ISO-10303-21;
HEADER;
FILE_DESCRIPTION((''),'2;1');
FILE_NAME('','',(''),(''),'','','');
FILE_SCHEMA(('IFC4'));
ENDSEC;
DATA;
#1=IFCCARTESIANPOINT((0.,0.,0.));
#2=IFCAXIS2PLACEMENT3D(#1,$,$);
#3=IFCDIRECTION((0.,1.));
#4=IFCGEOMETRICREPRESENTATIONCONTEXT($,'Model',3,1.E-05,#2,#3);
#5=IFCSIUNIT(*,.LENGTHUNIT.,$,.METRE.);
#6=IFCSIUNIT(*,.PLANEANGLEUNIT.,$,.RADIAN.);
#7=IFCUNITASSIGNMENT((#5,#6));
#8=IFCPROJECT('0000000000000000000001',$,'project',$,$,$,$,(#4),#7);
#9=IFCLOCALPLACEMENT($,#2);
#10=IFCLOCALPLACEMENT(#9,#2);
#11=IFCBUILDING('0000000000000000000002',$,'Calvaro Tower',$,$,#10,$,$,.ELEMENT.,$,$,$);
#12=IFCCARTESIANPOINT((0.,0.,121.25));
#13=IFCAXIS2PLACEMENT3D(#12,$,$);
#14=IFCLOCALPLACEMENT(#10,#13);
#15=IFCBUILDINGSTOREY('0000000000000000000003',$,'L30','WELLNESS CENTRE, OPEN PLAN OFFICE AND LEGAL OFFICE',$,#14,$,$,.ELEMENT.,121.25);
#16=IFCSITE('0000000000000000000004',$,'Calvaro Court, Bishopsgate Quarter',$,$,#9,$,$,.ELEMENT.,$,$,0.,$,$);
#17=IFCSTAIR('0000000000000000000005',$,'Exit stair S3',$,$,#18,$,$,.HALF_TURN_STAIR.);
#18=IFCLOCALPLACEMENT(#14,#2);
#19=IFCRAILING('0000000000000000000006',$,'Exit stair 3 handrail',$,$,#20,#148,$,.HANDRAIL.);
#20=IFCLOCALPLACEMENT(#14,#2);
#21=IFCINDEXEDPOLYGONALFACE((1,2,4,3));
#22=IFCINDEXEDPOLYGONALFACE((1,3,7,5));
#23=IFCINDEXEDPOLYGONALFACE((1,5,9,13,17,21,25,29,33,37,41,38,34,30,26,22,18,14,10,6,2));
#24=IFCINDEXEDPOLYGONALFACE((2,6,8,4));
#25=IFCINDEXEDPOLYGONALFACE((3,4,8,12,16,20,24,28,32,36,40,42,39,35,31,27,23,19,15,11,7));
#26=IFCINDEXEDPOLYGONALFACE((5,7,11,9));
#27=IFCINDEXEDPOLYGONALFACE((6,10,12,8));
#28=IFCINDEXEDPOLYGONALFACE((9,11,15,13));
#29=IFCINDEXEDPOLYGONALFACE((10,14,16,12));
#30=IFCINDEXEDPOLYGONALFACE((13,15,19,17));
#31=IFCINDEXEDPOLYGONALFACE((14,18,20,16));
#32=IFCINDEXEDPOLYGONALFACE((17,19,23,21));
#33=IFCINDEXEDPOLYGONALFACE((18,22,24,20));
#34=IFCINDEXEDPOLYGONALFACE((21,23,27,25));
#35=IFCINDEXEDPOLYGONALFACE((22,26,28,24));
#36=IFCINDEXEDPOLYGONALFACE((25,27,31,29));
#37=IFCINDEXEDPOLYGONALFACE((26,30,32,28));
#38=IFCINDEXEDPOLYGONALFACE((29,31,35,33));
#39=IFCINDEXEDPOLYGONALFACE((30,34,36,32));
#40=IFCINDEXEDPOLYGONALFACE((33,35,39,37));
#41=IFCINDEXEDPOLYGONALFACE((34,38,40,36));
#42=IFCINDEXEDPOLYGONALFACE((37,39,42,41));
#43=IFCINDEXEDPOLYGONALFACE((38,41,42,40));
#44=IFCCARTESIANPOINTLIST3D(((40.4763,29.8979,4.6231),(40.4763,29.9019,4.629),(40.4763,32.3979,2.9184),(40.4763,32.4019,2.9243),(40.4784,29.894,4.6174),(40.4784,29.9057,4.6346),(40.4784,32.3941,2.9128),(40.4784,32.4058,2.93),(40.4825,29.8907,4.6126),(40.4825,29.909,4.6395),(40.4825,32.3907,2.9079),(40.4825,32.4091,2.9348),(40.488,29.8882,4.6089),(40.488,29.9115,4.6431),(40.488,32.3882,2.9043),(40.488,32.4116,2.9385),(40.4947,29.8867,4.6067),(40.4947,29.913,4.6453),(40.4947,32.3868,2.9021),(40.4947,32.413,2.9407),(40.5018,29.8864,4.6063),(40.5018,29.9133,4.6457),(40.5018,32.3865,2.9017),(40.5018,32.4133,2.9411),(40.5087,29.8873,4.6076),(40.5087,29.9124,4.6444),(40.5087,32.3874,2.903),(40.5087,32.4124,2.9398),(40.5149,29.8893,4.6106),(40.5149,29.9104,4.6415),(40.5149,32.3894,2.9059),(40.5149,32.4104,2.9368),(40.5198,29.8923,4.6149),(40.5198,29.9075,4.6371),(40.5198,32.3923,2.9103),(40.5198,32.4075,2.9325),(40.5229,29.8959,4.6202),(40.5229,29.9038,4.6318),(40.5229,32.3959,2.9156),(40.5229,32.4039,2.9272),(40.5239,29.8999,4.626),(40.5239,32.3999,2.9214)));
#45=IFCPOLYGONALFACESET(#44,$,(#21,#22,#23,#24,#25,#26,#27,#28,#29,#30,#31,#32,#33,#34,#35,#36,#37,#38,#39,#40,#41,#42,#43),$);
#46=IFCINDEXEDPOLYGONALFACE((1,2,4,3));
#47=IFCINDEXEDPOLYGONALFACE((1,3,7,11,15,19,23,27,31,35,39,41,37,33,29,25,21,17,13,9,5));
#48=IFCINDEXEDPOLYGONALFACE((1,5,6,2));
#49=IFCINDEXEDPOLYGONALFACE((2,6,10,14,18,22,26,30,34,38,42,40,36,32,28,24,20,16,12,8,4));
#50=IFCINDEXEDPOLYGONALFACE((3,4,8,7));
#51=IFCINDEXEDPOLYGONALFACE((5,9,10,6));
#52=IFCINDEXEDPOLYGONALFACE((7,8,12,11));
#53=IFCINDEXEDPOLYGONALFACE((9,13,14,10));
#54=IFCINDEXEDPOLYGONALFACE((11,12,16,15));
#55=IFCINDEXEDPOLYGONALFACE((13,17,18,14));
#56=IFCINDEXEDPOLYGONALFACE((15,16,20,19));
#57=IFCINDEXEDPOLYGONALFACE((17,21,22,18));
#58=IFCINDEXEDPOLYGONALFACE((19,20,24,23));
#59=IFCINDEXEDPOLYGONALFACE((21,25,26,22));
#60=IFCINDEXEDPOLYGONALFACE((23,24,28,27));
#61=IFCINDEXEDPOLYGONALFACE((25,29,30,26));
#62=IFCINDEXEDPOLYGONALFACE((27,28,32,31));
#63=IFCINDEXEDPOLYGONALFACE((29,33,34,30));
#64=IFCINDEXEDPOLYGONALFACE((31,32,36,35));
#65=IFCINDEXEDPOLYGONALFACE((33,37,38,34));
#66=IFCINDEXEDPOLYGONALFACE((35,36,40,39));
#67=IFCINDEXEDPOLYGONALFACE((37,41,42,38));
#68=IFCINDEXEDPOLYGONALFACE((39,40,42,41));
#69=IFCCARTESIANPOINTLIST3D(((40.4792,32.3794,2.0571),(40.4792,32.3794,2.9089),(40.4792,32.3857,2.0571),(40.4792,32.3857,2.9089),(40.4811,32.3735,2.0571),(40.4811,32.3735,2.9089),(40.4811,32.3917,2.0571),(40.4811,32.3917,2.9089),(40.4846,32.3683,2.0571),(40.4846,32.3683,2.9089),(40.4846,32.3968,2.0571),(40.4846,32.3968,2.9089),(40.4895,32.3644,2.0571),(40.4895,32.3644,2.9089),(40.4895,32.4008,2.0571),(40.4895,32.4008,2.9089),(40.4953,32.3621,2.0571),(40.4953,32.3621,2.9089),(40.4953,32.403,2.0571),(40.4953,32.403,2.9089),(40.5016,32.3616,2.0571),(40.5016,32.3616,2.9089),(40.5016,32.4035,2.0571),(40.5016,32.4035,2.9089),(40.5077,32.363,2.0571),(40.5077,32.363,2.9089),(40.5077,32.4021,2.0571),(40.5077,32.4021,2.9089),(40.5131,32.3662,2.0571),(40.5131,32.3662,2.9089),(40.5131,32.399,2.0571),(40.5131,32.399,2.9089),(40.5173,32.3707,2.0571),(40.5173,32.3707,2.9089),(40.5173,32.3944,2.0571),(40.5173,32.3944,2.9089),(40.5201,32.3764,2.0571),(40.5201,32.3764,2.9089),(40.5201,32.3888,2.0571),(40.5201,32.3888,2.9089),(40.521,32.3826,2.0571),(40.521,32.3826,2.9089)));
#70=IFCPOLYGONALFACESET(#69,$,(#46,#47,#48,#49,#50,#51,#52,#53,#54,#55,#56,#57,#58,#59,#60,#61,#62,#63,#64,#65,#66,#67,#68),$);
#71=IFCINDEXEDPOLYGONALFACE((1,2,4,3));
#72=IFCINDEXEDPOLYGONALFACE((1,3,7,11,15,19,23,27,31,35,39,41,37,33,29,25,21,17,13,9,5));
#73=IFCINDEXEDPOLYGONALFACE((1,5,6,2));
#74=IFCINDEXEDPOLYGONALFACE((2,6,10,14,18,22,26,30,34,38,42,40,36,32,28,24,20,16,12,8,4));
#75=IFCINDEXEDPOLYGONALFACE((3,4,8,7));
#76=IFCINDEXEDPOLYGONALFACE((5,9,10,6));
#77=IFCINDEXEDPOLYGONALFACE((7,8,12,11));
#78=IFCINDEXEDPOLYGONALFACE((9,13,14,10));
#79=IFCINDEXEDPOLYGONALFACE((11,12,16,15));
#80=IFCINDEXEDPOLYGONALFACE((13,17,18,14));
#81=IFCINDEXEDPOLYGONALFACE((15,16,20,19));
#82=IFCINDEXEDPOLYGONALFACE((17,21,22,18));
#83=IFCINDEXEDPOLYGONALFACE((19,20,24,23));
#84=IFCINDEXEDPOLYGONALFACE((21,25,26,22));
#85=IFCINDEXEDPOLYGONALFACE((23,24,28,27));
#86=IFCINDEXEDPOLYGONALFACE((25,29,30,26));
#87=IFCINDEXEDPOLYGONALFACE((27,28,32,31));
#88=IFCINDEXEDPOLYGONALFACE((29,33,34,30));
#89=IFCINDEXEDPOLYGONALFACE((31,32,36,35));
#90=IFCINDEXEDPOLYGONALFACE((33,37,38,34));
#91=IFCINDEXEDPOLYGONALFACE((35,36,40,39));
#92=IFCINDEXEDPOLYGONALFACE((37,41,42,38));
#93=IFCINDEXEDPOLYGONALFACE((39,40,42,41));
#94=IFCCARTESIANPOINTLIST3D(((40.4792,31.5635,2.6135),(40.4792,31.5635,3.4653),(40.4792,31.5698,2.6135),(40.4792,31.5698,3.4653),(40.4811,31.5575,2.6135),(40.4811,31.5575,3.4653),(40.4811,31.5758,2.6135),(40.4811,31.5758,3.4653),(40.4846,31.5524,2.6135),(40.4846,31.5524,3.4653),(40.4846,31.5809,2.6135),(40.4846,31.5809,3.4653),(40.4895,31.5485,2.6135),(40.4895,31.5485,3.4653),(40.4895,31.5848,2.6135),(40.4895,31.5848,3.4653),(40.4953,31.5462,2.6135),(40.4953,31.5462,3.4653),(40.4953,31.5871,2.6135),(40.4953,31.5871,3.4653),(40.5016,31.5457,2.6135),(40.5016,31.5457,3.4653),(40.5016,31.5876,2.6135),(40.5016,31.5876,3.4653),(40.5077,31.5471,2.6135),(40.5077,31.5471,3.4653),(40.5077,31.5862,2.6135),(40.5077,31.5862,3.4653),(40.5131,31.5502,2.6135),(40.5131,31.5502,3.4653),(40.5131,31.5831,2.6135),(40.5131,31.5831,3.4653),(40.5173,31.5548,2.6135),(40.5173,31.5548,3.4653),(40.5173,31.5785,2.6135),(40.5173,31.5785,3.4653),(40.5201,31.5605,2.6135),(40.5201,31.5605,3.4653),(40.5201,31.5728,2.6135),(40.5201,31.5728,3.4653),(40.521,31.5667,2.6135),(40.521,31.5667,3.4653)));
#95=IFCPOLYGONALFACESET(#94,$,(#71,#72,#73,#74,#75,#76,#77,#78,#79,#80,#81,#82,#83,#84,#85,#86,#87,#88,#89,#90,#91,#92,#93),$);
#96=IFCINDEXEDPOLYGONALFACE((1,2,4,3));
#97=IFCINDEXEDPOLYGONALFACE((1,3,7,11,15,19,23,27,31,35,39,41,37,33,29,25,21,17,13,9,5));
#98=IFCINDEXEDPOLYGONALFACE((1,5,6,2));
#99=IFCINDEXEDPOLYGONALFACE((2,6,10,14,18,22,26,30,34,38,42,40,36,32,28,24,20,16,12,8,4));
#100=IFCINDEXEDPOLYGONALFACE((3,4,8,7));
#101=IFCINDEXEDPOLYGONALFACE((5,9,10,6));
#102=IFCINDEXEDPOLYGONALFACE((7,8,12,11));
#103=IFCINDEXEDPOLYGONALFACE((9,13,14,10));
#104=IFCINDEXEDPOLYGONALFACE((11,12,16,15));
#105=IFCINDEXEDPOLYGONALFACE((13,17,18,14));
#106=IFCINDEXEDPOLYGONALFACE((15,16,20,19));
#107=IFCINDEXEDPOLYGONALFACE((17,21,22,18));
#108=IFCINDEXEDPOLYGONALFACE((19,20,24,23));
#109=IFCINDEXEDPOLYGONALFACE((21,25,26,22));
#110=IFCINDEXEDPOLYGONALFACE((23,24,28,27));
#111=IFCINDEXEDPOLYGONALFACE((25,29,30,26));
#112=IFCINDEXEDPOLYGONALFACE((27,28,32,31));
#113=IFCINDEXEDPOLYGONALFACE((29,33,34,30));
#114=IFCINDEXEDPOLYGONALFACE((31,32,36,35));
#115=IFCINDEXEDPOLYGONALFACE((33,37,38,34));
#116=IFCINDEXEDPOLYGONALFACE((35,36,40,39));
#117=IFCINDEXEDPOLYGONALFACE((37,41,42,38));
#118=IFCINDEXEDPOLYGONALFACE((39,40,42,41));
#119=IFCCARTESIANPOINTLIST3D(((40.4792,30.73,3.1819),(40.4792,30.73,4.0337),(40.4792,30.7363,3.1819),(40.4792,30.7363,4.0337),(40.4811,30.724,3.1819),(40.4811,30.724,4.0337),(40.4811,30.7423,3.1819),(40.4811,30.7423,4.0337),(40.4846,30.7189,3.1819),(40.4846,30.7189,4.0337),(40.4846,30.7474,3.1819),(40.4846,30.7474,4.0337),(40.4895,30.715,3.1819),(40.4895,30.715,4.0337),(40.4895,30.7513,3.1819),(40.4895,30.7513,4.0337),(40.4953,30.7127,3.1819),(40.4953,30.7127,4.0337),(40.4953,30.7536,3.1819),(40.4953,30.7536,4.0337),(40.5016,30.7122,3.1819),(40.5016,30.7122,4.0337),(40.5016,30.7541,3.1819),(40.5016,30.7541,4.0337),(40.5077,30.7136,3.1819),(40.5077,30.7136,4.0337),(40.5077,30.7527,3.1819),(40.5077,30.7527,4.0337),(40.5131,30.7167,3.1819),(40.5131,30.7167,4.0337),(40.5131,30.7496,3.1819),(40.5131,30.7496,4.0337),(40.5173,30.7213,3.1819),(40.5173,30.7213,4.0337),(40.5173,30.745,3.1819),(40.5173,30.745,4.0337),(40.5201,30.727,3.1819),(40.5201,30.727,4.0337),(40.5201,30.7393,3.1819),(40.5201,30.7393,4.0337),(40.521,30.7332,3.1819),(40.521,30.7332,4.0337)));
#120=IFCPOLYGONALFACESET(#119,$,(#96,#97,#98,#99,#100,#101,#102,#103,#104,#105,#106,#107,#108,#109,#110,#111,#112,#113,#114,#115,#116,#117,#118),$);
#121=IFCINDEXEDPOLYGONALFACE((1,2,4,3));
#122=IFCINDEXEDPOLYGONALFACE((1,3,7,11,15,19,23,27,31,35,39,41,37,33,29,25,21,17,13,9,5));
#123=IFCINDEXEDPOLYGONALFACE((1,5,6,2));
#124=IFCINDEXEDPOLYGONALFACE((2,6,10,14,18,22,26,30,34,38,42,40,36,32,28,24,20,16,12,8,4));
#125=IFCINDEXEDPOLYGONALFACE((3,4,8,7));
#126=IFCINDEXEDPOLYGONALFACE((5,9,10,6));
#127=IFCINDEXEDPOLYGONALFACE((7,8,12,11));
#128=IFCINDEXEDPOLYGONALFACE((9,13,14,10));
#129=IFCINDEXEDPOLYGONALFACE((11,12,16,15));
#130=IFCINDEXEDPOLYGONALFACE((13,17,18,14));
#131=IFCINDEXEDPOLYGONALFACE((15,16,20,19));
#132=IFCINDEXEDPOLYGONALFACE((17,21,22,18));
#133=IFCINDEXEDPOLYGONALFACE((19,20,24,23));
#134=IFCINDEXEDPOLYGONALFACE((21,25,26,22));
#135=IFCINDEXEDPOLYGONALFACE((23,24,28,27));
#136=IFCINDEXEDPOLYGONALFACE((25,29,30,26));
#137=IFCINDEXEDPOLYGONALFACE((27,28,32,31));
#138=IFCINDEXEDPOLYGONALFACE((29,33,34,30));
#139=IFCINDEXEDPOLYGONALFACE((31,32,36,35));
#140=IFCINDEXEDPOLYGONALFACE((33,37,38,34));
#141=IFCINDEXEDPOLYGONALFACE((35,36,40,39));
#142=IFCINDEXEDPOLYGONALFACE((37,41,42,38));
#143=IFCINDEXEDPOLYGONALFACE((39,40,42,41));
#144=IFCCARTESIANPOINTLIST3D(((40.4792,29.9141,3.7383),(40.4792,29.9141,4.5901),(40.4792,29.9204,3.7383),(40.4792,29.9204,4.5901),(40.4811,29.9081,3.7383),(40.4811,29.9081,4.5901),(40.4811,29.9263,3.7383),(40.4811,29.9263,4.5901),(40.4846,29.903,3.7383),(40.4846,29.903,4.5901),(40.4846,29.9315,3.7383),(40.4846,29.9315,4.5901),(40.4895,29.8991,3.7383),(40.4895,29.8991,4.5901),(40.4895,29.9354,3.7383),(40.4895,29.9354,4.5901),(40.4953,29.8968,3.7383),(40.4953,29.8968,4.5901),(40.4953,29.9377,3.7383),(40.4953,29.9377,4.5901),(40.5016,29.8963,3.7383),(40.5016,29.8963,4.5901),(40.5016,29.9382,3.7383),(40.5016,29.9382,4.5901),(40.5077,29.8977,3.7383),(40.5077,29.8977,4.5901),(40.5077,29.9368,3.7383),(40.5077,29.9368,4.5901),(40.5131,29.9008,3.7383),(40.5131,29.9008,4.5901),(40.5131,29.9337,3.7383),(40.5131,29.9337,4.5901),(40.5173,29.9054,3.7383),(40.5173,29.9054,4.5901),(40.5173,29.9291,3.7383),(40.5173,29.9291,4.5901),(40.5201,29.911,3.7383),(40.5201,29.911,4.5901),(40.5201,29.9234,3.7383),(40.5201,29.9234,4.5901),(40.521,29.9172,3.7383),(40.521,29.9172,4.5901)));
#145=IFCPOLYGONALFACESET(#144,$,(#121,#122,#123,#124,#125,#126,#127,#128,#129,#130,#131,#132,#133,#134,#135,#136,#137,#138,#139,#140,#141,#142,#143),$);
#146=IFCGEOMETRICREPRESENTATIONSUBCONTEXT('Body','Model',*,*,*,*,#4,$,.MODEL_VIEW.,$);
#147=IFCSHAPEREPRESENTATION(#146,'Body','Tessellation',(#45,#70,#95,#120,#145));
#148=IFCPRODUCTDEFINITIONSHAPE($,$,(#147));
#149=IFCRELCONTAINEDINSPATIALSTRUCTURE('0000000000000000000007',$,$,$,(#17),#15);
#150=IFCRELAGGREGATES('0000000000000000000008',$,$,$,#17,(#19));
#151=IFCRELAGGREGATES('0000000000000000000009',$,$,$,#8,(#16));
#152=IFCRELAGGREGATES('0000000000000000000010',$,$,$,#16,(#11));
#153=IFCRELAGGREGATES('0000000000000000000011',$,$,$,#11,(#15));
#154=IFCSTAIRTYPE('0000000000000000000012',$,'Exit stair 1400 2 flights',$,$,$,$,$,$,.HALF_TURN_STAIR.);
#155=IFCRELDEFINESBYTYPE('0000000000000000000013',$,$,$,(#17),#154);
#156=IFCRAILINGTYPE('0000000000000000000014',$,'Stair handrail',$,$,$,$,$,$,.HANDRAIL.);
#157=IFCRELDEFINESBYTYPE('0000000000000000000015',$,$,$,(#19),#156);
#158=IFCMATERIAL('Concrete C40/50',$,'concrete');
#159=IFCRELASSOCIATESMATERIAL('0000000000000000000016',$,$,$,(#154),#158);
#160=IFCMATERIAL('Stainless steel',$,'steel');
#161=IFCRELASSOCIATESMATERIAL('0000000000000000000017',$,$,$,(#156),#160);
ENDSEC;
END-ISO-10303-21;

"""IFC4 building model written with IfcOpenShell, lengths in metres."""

from ifc_helpers import new_model, si_unit, direction, frame, origin, origin_2d, place, context, subcontext, project, spatial, circle, extrude, material, type_object, element, aggregate, save


model = new_model("IFC4")

# Units and contexts
model_context = context("Model", 3, precision=1e-05, world=origin(), true_north=direction((0.0, 1.0)))
body_context = subcontext(model_context, "Body", "Model", "MODEL_VIEW")
ifc_project = project(units=[si_unit("LENGTHUNIT", "METRE"), si_unit("PLANEANGLEUNIT", "RADIAN")], contexts=[model_context])

# Site, building, storey
site_placement = place(None, origin())
site = spatial("IfcSite", under=ifc_project, at=site_placement, Name="Calvaro Court, Bishopsgate Quarter", CompositionType="ELEMENT", RefElevation=0.0)
building_placement = place(site_placement, origin())
building = spatial("IfcBuilding", under=site, at=building_placement, Name="Calvaro Tower", CompositionType="ELEMENT")
storey_placement = place(building_placement, frame((0.0, 0.0, 121.25)))
storey = spatial("IfcBuildingStorey", under=building, at=storey_placement, Name="L30", Description="WELLNESS CENTRE, OPEN PLAN OFFICE AND LEGAL OFFICE", CompositionType="ELEMENT", Elevation=121.25)

# Stair
ifc_material_1 = material(Name="Concrete C40/50", Category="concrete")
stair_type = type_object("IfcStairType", Name="Exit stair 1400 2 flights", PredefinedType="HALF_TURN_STAIR", material=ifc_material_1)
stair_1_placement = place(storey_placement, origin())
stair_1 = element("IfcStair", 1, at=stair_1_placement, inside=storey, type_object=stair_type, Name="Exit stair S3", PredefinedType="HALF_TURN_STAIR")

# Railing
ifc_material_2 = material(Name="Stainless steel", Category="steel")
railing_type = type_object("IfcRailingType", Name="Stair handrail", PredefinedType="HANDRAIL", material=ifc_material_2)
railing_1_placement = place(storey_placement, frame((40.5, 32.3999, 2.0454)))
railing_1 = element("IfcRailing", 2, at=railing_1_placement, type_object=railing_type, Name="Exit stair 3 handrail", PredefinedType="HANDRAIL", context=body_context, shape_type="SweptSolid", body=[
    extrude(circle(Radius=0.0239, at=origin_2d()), frame((0.0, 0.0, 0.876), z_axis=(0.0, -0.826221, 0.563347), x_axis=(1.0, 0.0, 0.0)), (0.0, 0.0, 1.0), 3.0259),
    extrude(circle(Radius=0.021, at=origin_2d()), frame((0.0, -0.0173, 0.0117)), (0.0, 0.0, 1.0), 0.8518),
    extrude(circle(Radius=0.021, at=origin_2d()), frame((0.0, -0.8333, 0.5681)), (0.0, 0.0, 1.0), 0.8518),
    extrude(circle(Radius=0.021, at=origin_2d()), frame((0.0, -1.6667, 1.1365)), (0.0, 0.0, 1.0), 0.8518),
    extrude(circle(Radius=0.021, at=origin_2d()), frame((0.0, -2.4827, 1.6929)), (0.0, 0.0, 1.0), 0.8518),
])
aggregate(stair_1, [railing_1])

save(model, "model.ifc")
